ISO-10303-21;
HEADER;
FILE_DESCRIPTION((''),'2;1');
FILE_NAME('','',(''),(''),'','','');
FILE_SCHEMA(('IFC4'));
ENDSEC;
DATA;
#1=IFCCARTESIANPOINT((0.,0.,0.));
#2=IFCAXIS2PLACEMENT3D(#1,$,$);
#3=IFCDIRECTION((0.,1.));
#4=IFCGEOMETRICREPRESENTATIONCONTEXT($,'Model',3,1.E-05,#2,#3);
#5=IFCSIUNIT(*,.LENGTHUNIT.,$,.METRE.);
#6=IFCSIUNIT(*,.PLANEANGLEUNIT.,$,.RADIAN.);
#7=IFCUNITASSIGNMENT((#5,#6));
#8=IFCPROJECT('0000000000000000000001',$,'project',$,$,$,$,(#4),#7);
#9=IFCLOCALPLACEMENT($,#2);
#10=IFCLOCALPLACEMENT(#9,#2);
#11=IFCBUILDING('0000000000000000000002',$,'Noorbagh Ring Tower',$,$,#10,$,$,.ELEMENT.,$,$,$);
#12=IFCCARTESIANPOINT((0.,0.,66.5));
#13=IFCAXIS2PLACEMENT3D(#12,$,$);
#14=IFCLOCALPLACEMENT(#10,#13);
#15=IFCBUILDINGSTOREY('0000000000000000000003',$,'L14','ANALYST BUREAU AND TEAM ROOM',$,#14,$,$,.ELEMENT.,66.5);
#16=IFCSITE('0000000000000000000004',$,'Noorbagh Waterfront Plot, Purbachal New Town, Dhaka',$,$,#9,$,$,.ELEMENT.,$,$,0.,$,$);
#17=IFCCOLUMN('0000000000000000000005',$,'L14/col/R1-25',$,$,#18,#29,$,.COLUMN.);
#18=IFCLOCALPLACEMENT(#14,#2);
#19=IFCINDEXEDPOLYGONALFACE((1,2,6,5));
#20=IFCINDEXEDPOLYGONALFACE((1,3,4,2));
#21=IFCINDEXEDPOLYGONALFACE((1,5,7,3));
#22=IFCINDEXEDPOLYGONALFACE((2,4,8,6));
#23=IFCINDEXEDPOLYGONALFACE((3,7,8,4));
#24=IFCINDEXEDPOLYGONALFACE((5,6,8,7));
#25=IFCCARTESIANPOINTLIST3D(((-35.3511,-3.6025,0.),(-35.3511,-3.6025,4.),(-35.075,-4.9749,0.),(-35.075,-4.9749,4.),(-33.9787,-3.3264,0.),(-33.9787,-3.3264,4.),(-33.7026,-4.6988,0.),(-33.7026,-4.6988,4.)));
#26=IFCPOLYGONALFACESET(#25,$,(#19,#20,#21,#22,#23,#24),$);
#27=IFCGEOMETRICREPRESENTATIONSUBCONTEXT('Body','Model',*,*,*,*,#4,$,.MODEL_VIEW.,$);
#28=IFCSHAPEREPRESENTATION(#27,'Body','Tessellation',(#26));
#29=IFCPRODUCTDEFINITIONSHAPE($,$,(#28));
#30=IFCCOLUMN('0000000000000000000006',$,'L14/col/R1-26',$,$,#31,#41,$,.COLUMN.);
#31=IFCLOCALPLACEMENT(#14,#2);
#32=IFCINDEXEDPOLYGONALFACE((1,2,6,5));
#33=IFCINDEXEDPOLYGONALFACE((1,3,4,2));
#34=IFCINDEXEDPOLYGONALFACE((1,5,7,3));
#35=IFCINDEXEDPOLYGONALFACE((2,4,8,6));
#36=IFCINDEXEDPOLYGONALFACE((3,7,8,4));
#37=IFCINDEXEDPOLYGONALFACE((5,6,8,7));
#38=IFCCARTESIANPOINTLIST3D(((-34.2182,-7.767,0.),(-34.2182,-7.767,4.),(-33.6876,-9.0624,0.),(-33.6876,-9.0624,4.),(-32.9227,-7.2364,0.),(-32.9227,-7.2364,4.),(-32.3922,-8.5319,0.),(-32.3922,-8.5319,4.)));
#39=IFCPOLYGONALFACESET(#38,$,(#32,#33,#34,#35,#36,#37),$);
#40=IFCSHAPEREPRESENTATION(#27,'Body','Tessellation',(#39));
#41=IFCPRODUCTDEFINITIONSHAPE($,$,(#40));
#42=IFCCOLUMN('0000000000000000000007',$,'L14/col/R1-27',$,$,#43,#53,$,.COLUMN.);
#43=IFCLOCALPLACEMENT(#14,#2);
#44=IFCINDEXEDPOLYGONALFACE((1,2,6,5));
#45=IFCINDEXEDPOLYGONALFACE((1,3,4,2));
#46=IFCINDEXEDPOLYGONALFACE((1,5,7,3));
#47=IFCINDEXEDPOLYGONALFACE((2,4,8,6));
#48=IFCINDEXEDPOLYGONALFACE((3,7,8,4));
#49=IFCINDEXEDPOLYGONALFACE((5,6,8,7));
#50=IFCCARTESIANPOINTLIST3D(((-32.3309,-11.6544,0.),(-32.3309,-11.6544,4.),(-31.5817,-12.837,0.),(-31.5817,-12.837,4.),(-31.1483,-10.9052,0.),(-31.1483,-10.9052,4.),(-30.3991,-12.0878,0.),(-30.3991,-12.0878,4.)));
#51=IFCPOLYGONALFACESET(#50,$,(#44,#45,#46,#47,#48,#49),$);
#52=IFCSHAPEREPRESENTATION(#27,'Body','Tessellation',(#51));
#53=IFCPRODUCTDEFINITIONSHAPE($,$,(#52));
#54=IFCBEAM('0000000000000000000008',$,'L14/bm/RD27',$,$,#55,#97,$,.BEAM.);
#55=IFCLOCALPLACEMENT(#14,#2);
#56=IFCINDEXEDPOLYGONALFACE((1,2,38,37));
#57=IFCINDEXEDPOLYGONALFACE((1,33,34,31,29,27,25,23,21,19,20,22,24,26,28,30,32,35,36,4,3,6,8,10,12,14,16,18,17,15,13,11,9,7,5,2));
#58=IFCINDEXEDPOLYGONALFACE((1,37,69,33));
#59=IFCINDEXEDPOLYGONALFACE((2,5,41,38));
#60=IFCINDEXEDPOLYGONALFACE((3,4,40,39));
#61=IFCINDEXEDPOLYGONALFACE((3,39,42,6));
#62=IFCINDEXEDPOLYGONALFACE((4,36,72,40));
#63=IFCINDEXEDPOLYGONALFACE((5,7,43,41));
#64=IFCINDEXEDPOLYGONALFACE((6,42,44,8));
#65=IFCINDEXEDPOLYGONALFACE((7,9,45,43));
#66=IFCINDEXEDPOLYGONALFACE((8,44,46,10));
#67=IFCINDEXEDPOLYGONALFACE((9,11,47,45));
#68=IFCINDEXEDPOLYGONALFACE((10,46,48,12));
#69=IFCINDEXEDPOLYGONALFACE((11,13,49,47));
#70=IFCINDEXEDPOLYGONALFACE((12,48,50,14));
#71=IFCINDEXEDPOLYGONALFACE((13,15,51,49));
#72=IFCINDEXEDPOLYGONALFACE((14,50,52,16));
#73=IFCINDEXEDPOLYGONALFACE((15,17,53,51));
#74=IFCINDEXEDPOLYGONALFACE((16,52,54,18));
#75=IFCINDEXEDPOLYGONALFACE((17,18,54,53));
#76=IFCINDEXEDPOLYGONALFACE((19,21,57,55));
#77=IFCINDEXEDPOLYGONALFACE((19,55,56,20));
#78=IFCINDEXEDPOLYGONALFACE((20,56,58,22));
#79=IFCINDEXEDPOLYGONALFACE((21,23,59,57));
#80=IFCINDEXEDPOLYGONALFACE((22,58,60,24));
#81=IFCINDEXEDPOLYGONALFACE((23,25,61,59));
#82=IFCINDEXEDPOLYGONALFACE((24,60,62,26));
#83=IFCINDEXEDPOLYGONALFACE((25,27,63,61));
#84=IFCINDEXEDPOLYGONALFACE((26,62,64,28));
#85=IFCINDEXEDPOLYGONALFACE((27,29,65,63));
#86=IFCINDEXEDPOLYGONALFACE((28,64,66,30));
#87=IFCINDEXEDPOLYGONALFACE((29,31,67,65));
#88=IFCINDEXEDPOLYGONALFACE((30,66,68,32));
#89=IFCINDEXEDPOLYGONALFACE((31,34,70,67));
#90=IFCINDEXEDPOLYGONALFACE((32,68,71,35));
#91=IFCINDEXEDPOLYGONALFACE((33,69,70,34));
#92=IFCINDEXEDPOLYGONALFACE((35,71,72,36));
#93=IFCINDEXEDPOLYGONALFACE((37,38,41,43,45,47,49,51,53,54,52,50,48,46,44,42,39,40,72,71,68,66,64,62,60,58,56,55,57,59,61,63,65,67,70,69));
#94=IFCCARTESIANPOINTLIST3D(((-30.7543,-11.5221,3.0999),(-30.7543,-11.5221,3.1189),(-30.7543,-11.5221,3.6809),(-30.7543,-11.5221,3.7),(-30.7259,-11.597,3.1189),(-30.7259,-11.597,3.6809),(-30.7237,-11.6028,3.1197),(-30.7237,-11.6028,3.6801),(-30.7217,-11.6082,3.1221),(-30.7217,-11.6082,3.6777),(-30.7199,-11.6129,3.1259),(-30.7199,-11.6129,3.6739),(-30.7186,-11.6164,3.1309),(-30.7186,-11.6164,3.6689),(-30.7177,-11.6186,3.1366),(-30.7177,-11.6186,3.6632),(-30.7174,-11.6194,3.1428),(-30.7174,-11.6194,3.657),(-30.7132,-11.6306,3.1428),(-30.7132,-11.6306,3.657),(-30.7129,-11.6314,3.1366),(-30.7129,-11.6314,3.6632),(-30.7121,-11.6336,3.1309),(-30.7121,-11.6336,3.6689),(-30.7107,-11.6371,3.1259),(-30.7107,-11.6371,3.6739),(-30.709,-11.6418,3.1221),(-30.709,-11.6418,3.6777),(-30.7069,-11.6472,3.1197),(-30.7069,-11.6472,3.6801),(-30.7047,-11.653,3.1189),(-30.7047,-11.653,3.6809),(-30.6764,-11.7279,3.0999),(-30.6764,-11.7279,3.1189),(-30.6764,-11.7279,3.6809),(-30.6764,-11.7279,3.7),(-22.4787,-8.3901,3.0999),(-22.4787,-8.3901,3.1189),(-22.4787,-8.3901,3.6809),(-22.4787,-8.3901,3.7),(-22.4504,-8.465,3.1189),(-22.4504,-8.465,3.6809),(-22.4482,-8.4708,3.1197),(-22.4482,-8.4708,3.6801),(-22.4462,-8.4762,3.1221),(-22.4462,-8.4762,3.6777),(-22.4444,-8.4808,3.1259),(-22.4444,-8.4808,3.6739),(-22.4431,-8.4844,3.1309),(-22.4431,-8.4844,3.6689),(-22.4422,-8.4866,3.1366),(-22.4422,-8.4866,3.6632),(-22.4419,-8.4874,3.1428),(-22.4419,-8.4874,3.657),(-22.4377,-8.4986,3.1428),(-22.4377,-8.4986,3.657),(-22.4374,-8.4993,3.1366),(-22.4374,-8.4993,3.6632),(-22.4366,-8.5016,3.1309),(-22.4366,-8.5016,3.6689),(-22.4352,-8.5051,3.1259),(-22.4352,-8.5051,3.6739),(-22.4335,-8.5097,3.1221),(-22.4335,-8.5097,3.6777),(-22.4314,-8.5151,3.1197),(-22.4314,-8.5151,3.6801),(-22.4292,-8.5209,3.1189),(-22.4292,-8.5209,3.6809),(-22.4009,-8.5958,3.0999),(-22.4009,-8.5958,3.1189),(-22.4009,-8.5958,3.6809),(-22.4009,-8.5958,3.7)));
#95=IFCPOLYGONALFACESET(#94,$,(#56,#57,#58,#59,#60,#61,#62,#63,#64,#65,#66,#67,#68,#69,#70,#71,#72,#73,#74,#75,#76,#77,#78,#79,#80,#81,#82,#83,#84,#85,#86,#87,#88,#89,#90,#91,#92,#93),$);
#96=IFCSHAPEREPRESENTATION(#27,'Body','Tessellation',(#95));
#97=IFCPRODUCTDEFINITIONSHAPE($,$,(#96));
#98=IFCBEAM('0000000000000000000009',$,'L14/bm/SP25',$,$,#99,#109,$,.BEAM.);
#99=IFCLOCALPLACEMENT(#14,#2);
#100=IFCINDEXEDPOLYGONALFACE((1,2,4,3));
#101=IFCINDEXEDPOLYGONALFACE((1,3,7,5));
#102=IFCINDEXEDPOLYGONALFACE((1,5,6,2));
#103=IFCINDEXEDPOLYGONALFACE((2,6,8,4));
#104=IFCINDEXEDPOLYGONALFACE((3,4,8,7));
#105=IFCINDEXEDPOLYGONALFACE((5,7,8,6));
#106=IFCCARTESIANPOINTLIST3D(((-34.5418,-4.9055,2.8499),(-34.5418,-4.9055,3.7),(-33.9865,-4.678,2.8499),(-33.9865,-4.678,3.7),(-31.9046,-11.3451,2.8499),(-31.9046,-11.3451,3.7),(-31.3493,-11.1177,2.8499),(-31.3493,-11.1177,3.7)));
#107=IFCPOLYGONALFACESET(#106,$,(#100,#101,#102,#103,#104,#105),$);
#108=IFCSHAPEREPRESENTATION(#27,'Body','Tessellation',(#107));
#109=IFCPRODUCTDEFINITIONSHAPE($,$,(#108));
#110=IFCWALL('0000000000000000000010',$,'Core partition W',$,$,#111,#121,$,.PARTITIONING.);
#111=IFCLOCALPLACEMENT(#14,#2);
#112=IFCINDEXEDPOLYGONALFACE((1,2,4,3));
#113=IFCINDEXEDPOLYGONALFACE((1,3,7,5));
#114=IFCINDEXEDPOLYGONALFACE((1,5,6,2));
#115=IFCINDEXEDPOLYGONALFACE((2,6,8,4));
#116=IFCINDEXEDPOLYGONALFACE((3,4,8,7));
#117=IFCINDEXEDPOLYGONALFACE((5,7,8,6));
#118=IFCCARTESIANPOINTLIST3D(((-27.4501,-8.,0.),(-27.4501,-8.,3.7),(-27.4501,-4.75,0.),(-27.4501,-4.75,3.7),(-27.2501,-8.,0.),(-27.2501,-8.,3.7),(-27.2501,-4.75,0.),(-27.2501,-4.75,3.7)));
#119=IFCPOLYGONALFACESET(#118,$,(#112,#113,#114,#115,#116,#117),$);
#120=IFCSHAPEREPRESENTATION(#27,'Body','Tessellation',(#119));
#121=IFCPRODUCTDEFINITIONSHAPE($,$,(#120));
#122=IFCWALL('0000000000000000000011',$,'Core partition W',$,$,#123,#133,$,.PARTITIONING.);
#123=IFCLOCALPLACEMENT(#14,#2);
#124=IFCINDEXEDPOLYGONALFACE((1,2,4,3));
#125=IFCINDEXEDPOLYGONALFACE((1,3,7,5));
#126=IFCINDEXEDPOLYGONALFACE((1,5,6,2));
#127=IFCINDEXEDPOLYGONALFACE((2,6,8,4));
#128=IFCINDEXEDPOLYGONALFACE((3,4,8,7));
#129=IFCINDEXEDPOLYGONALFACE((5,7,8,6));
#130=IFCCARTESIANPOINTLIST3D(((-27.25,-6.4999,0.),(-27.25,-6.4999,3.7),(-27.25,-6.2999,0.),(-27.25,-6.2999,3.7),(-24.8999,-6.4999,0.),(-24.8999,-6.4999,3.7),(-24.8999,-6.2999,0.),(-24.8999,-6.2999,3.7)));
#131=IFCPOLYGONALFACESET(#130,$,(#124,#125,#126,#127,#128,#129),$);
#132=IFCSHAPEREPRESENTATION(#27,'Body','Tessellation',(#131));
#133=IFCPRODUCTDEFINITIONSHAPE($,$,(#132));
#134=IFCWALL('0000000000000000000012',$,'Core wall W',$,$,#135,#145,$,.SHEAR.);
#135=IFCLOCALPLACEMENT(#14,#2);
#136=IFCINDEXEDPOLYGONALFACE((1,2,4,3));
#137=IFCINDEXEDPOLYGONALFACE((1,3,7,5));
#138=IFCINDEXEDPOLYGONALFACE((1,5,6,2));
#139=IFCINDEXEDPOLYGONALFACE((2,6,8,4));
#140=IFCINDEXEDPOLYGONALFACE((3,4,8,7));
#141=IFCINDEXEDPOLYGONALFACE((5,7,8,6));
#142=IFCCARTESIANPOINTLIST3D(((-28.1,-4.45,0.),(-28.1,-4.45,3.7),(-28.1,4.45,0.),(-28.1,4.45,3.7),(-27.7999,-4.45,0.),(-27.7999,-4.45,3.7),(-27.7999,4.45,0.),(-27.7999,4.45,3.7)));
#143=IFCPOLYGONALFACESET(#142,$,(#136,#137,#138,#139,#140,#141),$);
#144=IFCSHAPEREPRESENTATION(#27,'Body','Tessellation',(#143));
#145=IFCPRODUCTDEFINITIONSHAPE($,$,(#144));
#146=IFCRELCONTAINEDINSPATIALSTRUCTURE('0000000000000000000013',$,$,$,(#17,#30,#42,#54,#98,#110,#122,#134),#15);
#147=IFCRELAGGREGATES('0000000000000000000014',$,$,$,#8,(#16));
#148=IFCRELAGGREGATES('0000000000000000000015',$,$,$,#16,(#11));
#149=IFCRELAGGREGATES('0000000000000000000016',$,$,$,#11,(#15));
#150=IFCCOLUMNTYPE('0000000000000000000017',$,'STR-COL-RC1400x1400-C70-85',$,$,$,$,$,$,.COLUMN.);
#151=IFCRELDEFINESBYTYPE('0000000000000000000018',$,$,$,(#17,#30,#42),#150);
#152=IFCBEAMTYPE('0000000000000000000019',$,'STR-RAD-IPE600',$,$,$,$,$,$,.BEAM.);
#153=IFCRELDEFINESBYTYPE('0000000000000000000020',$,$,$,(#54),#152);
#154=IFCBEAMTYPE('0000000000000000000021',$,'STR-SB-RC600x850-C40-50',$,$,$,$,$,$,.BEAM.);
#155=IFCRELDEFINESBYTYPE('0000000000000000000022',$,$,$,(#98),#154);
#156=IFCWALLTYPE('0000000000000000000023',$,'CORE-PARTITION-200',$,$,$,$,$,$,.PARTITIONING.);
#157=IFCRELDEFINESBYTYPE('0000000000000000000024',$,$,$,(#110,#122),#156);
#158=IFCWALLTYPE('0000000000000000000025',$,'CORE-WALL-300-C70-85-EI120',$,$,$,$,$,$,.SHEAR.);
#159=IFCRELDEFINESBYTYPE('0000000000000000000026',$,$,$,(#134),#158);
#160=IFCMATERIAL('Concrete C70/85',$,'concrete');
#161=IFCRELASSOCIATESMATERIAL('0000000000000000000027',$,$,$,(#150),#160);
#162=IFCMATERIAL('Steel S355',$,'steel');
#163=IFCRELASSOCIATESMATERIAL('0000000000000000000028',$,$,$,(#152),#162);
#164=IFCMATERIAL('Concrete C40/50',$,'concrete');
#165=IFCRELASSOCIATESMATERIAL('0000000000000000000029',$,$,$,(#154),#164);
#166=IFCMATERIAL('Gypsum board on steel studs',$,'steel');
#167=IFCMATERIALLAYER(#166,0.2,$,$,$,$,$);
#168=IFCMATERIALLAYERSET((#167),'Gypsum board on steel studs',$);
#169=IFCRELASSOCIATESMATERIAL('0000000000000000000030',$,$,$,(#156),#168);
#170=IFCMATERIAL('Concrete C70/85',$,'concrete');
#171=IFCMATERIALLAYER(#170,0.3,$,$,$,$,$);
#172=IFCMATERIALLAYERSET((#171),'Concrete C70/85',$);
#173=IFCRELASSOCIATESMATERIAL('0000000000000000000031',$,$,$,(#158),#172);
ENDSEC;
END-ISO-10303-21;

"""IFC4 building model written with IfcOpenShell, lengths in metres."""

from ifc_helpers import new_model, si_unit, direction, frame, frame_2d, origin, origin_2d, place, context, subcontext, project, spatial, rectangle, i_section, extrude, material, layer, layer_set, material_profile, profile_set, type_object, element, save


model = new_model("IFC4")

# Units and contexts
model_context = context("Model", 3, precision=1e-05, world=origin(), true_north=direction((0.0, 1.0)))
body_context = subcontext(model_context, "Body", "Model", "MODEL_VIEW")
ifc_project = project(units=[si_unit("LENGTHUNIT", "METRE"), si_unit("PLANEANGLEUNIT", "RADIAN")], contexts=[model_context])

# Site, building, storey
site_placement = place(None, origin())
site = spatial("IfcSite", under=ifc_project, at=site_placement, Name="Noorbagh Waterfront Plot, Purbachal New Town, Dhaka", CompositionType="ELEMENT", RefElevation=0.0)
building_placement = place(site_placement, origin())
building = spatial("IfcBuilding", under=site, at=building_placement, Name="Noorbagh Ring Tower", CompositionType="ELEMENT")
storey_placement = place(building_placement, frame((0.0, 0.0, 66.5)))
storey = spatial("IfcBuildingStorey", under=building, at=storey_placement, Name="L14", Description="ANALYST BUREAU AND TEAM ROOM", CompositionType="ELEMENT", Elevation=66.5)

# Columns
ifc_material_1 = material(Name="Concrete C70/85", Category="concrete")
ifc_material_profile_1 = material_profile(ifc_material_1, rectangle(XDim=1.3999, YDim=1.3999, at=origin_2d()), Name="RC1400x1400")
ifc_profile_set_1 = profile_set([ifc_material_profile_1], Name="Concrete C70/85")
column_type = type_object("IfcColumnType", Name="STR-COL-RC1400x1400-C70-85", PredefinedType="COLUMN", material=ifc_profile_set_1)
for number, where, z_axis, x_axis, name in (
    (1, (-34.5269, -4.1506, 0.0), (0.0, 0.0, 1.0), (0.19723, -0.980357, 0.0), "L14/col/R1-25"),
    (2, (-33.3052, -8.1494, 0.0), (0.0, 0.0, 1.0), (0.378989, -0.925401, 0.0), "L14/col/R1-26"),
    (3, (-31.365, -11.8711, 0.0), (0.0, 0.0, 1.0), (0.53519, -0.844731, 0.0), "L14/col/R1-27"),
):
    element("IfcColumn", number, at=place(storey_placement, frame(where, z_axis=z_axis, x_axis=x_axis)), inside=storey, type_object=column_type, Name=name, PredefinedType="COLUMN", context=body_context, shape_type="SweptSolid", body=[
        extrude(rectangle(XDim=1.3999, YDim=1.3999, at=origin_2d()), origin(), (0.0, 0.0, 1.0), 4.0),
    ])

# Beams
ifc_material_2 = material(Name="Steel S355", Category="steel")
ifc_material_profile_2 = material_profile(ifc_material_2, i_section(OverallWidth=0.22, OverallDepth=0.6001, WebThickness=0.012, FlangeThickness=0.019, FilletRadius=0.0239, at=origin_2d()), Name="IPE600")
ifc_profile_set_2 = profile_set([ifc_material_profile_2], Name="Steel S355")
beam_type_1 = type_object("IfcBeamType", Name="STR-RAD-IPE600", PredefinedType="BEAM", material=ifc_profile_set_2)
beam_1_placement = place(storey_placement, frame((-30.7153, -11.625, 3.3999), z_axis=(0.935258, 0.353967, 0.0), x_axis=(-0.353967, 0.935258, 0.0)))
element("IfcBeam", 4, at=beam_1_placement, inside=storey, type_object=beam_type_1, Name="L14/bm/RD27", PredefinedType="BEAM", context=body_context, shape_type="SweptSolid", body=[
    extrude(i_section(OverallWidth=0.22, OverallDepth=0.6001, WebThickness=0.012, FlangeThickness=0.019, FilletRadius=0.0239, at=origin_2d()), origin(), (0.0, 0.0, 1.0), 8.8484),
])
ifc_material_3 = material(Name="Concrete C40/50", Category="concrete")
ifc_material_profile_3 = material_profile(ifc_material_3, rectangle(XDim=0.6001, YDim=0.8501, at=origin_2d()), Name="RC600x850")
ifc_profile_set_3 = profile_set([ifc_material_profile_3], Name="Concrete C40/50")
beam_type_2 = type_object("IfcBeamType", Name="STR-SB-RC600x850-C40-50", PredefinedType="BEAM", material=ifc_profile_set_3)
beam_2_placement = place(storey_placement, frame((-34.2642, -4.7917, 3.2749), z_axis=(0.378976, -0.925407, 0.0), x_axis=(0.925407, 0.378976, 0.0)))
element("IfcBeam", 5, at=beam_2_placement, inside=storey, type_object=beam_type_2, Name="L14/bm/SP25", PredefinedType="BEAM", context=body_context, shape_type="SweptSolid", body=[
    extrude(rectangle(XDim=0.6001, YDim=0.8501, at=origin_2d()), origin(), (0.0, 0.0, 1.0), 6.9587),
])

# Walls
ifc_material_4 = material(Name="Gypsum board on steel studs", Category="steel")
ifc_layer_1 = layer(ifc_material_4, 0.2)
ifc_layer_set_1 = layer_set([ifc_layer_1], Name="Gypsum board on steel studs")
wall_type_1 = type_object("IfcWallType", Name="CORE-PARTITION-200", PredefinedType="PARTITIONING", material=ifc_layer_set_1)
wall_1_placement = place(storey_placement, frame((-27.3501, -8.0, 0.0), z_axis=(0.0, 0.0, 1.0), x_axis=(0.0, 1.0, 0.0)))
element("IfcWall", 6, at=wall_1_placement, inside=storey, type_object=wall_type_1, Name="Core partition W", PredefinedType="PARTITIONING", context=body_context, shape_type="SweptSolid", body=[
    extrude(rectangle(XDim=3.25, YDim=0.2, at=frame_2d((1.625, 0.0))), origin(), (0.0, 0.0, 1.0), 3.7),
])
wall_2_placement = place(storey_placement, frame((-24.8999, -6.3999, 0.0), z_axis=(0.0, 0.0, 1.0), x_axis=(-1.0, 0.0, 0.0)))
element("IfcWall", 7, at=wall_2_placement, inside=storey, type_object=wall_type_1, Name="Core partition W", PredefinedType="PARTITIONING", context=body_context, shape_type="SweptSolid", body=[
    extrude(rectangle(XDim=2.3501, YDim=0.2, at=frame_2d((1.175, 0.0))), origin(), (0.0, 0.0, 1.0), 3.7),
])
ifc_material_5 = material(Name="Concrete C70/85", Category="concrete")
ifc_layer_2 = layer(ifc_material_5, 0.3)
ifc_layer_set_2 = layer_set([ifc_layer_2], Name="Concrete C70/85")
wall_type_2 = type_object("IfcWallType", Name="CORE-WALL-300-C70-85-EI120", PredefinedType="SHEAR", material=ifc_layer_set_2)
wall_3_placement = place(storey_placement, frame((-27.95, -4.45, 0.0), z_axis=(0.0, 0.0, 1.0), x_axis=(0.0, 1.0, 0.0)))
element("IfcWall", 8, at=wall_3_placement, inside=storey, type_object=wall_type_2, Name="Core wall W", PredefinedType="SHEAR", context=body_context, shape_type="SweptSolid", body=[
    extrude(rectangle(XDim=8.8999, YDim=0.3, at=frame_2d((4.45, 0.0))), origin(), (0.0, 0.0, 1.0), 3.7),
])

save(model, "model.ifc")
